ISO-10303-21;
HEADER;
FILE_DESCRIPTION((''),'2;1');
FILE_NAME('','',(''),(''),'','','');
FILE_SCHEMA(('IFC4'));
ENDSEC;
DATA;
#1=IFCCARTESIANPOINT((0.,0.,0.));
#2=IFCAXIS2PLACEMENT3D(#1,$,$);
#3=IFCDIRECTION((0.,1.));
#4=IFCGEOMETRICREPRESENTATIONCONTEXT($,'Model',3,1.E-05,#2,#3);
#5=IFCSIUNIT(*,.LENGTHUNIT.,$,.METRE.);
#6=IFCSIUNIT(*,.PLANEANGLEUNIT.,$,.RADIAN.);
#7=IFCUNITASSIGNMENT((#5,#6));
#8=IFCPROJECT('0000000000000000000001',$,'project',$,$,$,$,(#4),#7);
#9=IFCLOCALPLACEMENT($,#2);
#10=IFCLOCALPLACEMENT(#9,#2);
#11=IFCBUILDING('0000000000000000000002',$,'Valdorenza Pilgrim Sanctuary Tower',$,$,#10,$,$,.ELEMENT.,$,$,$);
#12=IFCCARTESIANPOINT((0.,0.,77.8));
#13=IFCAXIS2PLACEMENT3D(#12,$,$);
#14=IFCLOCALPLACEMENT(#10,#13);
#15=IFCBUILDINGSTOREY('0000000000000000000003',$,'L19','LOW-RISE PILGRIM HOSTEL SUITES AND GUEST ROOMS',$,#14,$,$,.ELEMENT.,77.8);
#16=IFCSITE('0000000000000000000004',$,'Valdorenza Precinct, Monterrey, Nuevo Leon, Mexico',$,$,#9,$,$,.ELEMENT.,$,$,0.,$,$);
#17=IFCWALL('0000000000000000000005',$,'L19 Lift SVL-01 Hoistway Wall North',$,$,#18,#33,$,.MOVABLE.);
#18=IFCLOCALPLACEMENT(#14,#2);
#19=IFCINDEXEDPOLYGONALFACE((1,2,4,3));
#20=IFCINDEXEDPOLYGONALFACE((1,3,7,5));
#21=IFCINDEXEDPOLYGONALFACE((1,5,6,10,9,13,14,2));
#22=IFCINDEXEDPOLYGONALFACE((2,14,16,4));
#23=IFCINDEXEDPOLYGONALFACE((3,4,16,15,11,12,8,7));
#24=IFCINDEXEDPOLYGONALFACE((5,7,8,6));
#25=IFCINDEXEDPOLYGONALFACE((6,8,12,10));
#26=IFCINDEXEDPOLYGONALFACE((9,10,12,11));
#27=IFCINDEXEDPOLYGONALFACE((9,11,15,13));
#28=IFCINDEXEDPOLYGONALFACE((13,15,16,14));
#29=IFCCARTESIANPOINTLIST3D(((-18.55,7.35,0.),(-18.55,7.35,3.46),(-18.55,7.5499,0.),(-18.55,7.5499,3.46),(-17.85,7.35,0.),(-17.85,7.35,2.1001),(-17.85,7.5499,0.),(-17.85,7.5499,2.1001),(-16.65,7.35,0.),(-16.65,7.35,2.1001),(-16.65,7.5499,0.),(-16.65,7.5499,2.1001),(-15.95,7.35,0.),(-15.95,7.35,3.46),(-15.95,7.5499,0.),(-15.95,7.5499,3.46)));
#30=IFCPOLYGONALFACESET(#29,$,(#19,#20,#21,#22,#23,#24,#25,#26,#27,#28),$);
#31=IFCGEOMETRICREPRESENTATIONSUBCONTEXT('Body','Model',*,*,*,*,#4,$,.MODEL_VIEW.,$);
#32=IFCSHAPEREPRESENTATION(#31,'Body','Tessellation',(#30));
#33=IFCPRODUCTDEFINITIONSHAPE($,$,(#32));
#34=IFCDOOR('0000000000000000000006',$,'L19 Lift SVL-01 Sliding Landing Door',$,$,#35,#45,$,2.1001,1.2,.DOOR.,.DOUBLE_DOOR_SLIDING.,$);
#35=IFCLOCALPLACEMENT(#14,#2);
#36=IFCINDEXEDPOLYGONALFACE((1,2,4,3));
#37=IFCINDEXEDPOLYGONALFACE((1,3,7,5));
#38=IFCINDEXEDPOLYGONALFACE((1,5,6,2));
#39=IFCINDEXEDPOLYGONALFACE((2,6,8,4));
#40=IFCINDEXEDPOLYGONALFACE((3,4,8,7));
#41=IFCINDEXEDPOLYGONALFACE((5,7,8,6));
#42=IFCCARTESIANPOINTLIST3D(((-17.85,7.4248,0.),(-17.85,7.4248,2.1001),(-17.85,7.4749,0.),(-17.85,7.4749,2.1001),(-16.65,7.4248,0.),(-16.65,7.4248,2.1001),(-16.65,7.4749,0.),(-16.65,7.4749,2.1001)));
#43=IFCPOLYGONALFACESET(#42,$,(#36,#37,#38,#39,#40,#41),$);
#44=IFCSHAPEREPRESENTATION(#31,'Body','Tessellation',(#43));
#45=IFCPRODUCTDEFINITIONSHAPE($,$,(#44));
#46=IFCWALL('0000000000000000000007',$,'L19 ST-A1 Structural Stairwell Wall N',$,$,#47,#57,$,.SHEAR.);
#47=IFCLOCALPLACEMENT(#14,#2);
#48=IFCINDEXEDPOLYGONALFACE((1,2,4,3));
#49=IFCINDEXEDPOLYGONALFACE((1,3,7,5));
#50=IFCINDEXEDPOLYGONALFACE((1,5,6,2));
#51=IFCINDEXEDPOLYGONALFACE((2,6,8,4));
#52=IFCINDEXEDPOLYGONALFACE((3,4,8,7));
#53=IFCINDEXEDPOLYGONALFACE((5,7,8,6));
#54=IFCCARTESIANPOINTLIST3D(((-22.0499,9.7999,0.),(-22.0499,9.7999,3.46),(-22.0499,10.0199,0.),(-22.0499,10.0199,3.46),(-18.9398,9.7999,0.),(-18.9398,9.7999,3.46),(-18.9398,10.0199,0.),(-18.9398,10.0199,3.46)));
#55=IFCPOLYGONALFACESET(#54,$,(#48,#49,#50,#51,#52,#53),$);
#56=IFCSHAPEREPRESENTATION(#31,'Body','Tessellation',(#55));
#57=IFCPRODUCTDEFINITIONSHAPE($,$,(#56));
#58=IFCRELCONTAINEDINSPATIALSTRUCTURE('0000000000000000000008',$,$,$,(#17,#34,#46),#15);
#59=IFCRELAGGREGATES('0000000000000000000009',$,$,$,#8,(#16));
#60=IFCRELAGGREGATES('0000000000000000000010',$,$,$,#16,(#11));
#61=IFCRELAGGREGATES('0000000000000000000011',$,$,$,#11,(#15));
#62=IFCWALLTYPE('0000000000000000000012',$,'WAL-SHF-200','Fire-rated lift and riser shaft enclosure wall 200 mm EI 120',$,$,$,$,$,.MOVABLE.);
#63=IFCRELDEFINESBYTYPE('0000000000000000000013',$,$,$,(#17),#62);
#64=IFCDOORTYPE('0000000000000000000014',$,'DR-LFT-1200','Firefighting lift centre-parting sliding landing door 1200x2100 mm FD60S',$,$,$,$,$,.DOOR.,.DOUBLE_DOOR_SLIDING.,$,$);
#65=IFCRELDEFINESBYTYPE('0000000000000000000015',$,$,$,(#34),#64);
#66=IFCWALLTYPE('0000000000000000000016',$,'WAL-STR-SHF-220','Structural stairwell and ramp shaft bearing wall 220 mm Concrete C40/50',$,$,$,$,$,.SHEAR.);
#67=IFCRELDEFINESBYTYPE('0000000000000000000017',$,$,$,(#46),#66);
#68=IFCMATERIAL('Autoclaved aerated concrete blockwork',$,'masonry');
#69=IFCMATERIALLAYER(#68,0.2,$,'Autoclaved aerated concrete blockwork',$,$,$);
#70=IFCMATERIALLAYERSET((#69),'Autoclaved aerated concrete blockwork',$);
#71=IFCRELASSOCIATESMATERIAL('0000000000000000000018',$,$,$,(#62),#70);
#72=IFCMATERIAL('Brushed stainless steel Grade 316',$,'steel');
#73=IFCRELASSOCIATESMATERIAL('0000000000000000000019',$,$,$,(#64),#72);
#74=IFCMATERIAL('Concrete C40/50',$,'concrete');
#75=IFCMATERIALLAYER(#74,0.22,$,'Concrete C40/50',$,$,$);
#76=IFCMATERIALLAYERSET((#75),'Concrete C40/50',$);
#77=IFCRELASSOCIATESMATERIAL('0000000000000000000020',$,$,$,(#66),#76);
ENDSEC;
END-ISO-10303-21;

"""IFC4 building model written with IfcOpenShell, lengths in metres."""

from ifc_helpers import new_model, si_unit, direction, frame, frame_2d, origin, place, context, subcontext, project, spatial, rectangle, extrude, material, layer, layer_set, type_object, element, fill, save


model = new_model("IFC4")

# Units and contexts
model_context = context("Model", 3, precision=1e-05, world=origin(), true_north=direction((0.0, 1.0)))
body_context = subcontext(model_context, "Body", "Model", "MODEL_VIEW")
ifc_project = project(units=[si_unit("LENGTHUNIT", "METRE"), si_unit("PLANEANGLEUNIT", "RADIAN")], contexts=[model_context])

# Site, building, storey
site_placement = place(None, origin())
site = spatial("IfcSite", under=ifc_project, at=site_placement, Name="Valdorenza Precinct, Monterrey, Nuevo Leon, Mexico", CompositionType="ELEMENT", RefElevation=0.0)
building_placement = place(site_placement, origin())
building = spatial("IfcBuilding", under=site, at=building_placement, Name="Valdorenza Pilgrim Sanctuary Tower", CompositionType="ELEMENT")
storey_placement = place(building_placement, frame((0.0, 0.0, 77.8)))
storey = spatial("IfcBuildingStorey", under=building, at=storey_placement, Name="L19", Description="LOW-RISE PILGRIM HOSTEL SUITES AND GUEST ROOMS", CompositionType="ELEMENT", Elevation=77.8)

# Wall, opening, door
ifc_material_1 = material(Name="Autoclaved aerated concrete blockwork", Category="masonry")
ifc_layer_1 = layer(ifc_material_1, 0.2, Name="Autoclaved aerated concrete blockwork")
ifc_layer_set_1 = layer_set([ifc_layer_1], Name="Autoclaved aerated concrete blockwork")
wall_type_1 = type_object("IfcWallType", Name="WAL-SHF-200", Description="Fire-rated lift and riser shaft enclosure wall 200 mm EI 120", PredefinedType="MOVABLE", material=ifc_layer_set_1)
wall_1_placement = place(storey_placement, frame((-18.55, 7.45, 0.0), z_axis=(0.0, 0.0, 1.0), x_axis=(1.0, 0.0, 0.0)))
wall_1 = element("IfcWall", 1, at=wall_1_placement, inside=storey, type_object=wall_type_1, Name="L19 Lift SVL-01 Hoistway Wall North", PredefinedType="MOVABLE", context=body_context, shape_type="SweptSolid", body=[
    extrude(rectangle(XDim=2.6001, YDim=0.2, at=frame_2d((1.3, 0.0))), origin(), (0.0, 0.0, 1.0), 3.46),
])
opening_1_placement = place(wall_1_placement, frame((0.7, 0.0, 0.0)))
opening_1 = element("IfcOpeningElement", 2, at=opening_1_placement, cuts=wall_1, PredefinedType="OPENING", context=body_context, shape_type="SweptSolid", body=[
    extrude(rectangle(XDim=1.2, YDim=2.1001, at=frame_2d((0.6001, 1.05))), frame((0.0, 0.1147, 0.0), z_axis=(0.0, -1.0, 0.0), x_axis=(1.0, 0.0, 0.0)), (0.0, 0.0, 1.0), 0.2297),
])
ifc_material_2 = material(Name="Brushed stainless steel Grade 316", Category="steel")
door_type_1 = type_object("IfcDoorType", Name="DR-LFT-1200", Description="Firefighting lift centre-parting sliding landing door 1200x2100 mm FD60S", OperationType="DOUBLE_DOOR_SLIDING", PredefinedType="DOOR", material=ifc_material_2)
door_1_placement = place(opening_1_placement, origin())
door_1 = element("IfcDoor", 3, at=door_1_placement, inside=storey, type_object=door_type_1, Name="L19 Lift SVL-01 Sliding Landing Door", OperationType="DOUBLE_DOOR_SLIDING", OverallHeight=2.1001, OverallWidth=1.2, PredefinedType="DOOR", context=body_context, shape_type="SweptSolid", body=[
    extrude(rectangle(XDim=1.2, YDim=2.1001, at=frame_2d((0.6001, 1.05))), frame((0.0, 0.0249, 0.0), z_axis=(0.0, -1.0, 0.0), x_axis=(1.0, 0.0, 0.0)), (0.0, 0.0, 1.0), 0.05),
])
fill(opening_1, door_1)

# Wall
ifc_material_3 = material(Name="Concrete C40/50", Category="concrete")
ifc_layer_2 = layer(ifc_material_3, 0.22, Name="Concrete C40/50")
ifc_layer_set_2 = layer_set([ifc_layer_2], Name="Concrete C40/50")
wall_type_2 = type_object("IfcWallType", Name="WAL-STR-SHF-220", Description="Structural stairwell and ramp shaft bearing wall 220 mm Concrete C40/50", PredefinedType="SHEAR", material=ifc_layer_set_2)
wall_2_placement = place(storey_placement, frame((-22.05, 9.9099, 0.0), z_axis=(0.0, 0.0, 1.0), x_axis=(1.0, 0.0, 0.0)))
element("IfcWall", 4, at=wall_2_placement, inside=storey, type_object=wall_type_2, Name="L19 ST-A1 Structural Stairwell Wall N", PredefinedType="SHEAR", context=body_context, shape_type="SweptSolid", body=[
    extrude(rectangle(XDim=3.1101, YDim=0.22, at=frame_2d((1.5552, 0.0))), origin(), (0.0, 0.0, 1.0), 3.46),
])

save(model, "model.ifc")
